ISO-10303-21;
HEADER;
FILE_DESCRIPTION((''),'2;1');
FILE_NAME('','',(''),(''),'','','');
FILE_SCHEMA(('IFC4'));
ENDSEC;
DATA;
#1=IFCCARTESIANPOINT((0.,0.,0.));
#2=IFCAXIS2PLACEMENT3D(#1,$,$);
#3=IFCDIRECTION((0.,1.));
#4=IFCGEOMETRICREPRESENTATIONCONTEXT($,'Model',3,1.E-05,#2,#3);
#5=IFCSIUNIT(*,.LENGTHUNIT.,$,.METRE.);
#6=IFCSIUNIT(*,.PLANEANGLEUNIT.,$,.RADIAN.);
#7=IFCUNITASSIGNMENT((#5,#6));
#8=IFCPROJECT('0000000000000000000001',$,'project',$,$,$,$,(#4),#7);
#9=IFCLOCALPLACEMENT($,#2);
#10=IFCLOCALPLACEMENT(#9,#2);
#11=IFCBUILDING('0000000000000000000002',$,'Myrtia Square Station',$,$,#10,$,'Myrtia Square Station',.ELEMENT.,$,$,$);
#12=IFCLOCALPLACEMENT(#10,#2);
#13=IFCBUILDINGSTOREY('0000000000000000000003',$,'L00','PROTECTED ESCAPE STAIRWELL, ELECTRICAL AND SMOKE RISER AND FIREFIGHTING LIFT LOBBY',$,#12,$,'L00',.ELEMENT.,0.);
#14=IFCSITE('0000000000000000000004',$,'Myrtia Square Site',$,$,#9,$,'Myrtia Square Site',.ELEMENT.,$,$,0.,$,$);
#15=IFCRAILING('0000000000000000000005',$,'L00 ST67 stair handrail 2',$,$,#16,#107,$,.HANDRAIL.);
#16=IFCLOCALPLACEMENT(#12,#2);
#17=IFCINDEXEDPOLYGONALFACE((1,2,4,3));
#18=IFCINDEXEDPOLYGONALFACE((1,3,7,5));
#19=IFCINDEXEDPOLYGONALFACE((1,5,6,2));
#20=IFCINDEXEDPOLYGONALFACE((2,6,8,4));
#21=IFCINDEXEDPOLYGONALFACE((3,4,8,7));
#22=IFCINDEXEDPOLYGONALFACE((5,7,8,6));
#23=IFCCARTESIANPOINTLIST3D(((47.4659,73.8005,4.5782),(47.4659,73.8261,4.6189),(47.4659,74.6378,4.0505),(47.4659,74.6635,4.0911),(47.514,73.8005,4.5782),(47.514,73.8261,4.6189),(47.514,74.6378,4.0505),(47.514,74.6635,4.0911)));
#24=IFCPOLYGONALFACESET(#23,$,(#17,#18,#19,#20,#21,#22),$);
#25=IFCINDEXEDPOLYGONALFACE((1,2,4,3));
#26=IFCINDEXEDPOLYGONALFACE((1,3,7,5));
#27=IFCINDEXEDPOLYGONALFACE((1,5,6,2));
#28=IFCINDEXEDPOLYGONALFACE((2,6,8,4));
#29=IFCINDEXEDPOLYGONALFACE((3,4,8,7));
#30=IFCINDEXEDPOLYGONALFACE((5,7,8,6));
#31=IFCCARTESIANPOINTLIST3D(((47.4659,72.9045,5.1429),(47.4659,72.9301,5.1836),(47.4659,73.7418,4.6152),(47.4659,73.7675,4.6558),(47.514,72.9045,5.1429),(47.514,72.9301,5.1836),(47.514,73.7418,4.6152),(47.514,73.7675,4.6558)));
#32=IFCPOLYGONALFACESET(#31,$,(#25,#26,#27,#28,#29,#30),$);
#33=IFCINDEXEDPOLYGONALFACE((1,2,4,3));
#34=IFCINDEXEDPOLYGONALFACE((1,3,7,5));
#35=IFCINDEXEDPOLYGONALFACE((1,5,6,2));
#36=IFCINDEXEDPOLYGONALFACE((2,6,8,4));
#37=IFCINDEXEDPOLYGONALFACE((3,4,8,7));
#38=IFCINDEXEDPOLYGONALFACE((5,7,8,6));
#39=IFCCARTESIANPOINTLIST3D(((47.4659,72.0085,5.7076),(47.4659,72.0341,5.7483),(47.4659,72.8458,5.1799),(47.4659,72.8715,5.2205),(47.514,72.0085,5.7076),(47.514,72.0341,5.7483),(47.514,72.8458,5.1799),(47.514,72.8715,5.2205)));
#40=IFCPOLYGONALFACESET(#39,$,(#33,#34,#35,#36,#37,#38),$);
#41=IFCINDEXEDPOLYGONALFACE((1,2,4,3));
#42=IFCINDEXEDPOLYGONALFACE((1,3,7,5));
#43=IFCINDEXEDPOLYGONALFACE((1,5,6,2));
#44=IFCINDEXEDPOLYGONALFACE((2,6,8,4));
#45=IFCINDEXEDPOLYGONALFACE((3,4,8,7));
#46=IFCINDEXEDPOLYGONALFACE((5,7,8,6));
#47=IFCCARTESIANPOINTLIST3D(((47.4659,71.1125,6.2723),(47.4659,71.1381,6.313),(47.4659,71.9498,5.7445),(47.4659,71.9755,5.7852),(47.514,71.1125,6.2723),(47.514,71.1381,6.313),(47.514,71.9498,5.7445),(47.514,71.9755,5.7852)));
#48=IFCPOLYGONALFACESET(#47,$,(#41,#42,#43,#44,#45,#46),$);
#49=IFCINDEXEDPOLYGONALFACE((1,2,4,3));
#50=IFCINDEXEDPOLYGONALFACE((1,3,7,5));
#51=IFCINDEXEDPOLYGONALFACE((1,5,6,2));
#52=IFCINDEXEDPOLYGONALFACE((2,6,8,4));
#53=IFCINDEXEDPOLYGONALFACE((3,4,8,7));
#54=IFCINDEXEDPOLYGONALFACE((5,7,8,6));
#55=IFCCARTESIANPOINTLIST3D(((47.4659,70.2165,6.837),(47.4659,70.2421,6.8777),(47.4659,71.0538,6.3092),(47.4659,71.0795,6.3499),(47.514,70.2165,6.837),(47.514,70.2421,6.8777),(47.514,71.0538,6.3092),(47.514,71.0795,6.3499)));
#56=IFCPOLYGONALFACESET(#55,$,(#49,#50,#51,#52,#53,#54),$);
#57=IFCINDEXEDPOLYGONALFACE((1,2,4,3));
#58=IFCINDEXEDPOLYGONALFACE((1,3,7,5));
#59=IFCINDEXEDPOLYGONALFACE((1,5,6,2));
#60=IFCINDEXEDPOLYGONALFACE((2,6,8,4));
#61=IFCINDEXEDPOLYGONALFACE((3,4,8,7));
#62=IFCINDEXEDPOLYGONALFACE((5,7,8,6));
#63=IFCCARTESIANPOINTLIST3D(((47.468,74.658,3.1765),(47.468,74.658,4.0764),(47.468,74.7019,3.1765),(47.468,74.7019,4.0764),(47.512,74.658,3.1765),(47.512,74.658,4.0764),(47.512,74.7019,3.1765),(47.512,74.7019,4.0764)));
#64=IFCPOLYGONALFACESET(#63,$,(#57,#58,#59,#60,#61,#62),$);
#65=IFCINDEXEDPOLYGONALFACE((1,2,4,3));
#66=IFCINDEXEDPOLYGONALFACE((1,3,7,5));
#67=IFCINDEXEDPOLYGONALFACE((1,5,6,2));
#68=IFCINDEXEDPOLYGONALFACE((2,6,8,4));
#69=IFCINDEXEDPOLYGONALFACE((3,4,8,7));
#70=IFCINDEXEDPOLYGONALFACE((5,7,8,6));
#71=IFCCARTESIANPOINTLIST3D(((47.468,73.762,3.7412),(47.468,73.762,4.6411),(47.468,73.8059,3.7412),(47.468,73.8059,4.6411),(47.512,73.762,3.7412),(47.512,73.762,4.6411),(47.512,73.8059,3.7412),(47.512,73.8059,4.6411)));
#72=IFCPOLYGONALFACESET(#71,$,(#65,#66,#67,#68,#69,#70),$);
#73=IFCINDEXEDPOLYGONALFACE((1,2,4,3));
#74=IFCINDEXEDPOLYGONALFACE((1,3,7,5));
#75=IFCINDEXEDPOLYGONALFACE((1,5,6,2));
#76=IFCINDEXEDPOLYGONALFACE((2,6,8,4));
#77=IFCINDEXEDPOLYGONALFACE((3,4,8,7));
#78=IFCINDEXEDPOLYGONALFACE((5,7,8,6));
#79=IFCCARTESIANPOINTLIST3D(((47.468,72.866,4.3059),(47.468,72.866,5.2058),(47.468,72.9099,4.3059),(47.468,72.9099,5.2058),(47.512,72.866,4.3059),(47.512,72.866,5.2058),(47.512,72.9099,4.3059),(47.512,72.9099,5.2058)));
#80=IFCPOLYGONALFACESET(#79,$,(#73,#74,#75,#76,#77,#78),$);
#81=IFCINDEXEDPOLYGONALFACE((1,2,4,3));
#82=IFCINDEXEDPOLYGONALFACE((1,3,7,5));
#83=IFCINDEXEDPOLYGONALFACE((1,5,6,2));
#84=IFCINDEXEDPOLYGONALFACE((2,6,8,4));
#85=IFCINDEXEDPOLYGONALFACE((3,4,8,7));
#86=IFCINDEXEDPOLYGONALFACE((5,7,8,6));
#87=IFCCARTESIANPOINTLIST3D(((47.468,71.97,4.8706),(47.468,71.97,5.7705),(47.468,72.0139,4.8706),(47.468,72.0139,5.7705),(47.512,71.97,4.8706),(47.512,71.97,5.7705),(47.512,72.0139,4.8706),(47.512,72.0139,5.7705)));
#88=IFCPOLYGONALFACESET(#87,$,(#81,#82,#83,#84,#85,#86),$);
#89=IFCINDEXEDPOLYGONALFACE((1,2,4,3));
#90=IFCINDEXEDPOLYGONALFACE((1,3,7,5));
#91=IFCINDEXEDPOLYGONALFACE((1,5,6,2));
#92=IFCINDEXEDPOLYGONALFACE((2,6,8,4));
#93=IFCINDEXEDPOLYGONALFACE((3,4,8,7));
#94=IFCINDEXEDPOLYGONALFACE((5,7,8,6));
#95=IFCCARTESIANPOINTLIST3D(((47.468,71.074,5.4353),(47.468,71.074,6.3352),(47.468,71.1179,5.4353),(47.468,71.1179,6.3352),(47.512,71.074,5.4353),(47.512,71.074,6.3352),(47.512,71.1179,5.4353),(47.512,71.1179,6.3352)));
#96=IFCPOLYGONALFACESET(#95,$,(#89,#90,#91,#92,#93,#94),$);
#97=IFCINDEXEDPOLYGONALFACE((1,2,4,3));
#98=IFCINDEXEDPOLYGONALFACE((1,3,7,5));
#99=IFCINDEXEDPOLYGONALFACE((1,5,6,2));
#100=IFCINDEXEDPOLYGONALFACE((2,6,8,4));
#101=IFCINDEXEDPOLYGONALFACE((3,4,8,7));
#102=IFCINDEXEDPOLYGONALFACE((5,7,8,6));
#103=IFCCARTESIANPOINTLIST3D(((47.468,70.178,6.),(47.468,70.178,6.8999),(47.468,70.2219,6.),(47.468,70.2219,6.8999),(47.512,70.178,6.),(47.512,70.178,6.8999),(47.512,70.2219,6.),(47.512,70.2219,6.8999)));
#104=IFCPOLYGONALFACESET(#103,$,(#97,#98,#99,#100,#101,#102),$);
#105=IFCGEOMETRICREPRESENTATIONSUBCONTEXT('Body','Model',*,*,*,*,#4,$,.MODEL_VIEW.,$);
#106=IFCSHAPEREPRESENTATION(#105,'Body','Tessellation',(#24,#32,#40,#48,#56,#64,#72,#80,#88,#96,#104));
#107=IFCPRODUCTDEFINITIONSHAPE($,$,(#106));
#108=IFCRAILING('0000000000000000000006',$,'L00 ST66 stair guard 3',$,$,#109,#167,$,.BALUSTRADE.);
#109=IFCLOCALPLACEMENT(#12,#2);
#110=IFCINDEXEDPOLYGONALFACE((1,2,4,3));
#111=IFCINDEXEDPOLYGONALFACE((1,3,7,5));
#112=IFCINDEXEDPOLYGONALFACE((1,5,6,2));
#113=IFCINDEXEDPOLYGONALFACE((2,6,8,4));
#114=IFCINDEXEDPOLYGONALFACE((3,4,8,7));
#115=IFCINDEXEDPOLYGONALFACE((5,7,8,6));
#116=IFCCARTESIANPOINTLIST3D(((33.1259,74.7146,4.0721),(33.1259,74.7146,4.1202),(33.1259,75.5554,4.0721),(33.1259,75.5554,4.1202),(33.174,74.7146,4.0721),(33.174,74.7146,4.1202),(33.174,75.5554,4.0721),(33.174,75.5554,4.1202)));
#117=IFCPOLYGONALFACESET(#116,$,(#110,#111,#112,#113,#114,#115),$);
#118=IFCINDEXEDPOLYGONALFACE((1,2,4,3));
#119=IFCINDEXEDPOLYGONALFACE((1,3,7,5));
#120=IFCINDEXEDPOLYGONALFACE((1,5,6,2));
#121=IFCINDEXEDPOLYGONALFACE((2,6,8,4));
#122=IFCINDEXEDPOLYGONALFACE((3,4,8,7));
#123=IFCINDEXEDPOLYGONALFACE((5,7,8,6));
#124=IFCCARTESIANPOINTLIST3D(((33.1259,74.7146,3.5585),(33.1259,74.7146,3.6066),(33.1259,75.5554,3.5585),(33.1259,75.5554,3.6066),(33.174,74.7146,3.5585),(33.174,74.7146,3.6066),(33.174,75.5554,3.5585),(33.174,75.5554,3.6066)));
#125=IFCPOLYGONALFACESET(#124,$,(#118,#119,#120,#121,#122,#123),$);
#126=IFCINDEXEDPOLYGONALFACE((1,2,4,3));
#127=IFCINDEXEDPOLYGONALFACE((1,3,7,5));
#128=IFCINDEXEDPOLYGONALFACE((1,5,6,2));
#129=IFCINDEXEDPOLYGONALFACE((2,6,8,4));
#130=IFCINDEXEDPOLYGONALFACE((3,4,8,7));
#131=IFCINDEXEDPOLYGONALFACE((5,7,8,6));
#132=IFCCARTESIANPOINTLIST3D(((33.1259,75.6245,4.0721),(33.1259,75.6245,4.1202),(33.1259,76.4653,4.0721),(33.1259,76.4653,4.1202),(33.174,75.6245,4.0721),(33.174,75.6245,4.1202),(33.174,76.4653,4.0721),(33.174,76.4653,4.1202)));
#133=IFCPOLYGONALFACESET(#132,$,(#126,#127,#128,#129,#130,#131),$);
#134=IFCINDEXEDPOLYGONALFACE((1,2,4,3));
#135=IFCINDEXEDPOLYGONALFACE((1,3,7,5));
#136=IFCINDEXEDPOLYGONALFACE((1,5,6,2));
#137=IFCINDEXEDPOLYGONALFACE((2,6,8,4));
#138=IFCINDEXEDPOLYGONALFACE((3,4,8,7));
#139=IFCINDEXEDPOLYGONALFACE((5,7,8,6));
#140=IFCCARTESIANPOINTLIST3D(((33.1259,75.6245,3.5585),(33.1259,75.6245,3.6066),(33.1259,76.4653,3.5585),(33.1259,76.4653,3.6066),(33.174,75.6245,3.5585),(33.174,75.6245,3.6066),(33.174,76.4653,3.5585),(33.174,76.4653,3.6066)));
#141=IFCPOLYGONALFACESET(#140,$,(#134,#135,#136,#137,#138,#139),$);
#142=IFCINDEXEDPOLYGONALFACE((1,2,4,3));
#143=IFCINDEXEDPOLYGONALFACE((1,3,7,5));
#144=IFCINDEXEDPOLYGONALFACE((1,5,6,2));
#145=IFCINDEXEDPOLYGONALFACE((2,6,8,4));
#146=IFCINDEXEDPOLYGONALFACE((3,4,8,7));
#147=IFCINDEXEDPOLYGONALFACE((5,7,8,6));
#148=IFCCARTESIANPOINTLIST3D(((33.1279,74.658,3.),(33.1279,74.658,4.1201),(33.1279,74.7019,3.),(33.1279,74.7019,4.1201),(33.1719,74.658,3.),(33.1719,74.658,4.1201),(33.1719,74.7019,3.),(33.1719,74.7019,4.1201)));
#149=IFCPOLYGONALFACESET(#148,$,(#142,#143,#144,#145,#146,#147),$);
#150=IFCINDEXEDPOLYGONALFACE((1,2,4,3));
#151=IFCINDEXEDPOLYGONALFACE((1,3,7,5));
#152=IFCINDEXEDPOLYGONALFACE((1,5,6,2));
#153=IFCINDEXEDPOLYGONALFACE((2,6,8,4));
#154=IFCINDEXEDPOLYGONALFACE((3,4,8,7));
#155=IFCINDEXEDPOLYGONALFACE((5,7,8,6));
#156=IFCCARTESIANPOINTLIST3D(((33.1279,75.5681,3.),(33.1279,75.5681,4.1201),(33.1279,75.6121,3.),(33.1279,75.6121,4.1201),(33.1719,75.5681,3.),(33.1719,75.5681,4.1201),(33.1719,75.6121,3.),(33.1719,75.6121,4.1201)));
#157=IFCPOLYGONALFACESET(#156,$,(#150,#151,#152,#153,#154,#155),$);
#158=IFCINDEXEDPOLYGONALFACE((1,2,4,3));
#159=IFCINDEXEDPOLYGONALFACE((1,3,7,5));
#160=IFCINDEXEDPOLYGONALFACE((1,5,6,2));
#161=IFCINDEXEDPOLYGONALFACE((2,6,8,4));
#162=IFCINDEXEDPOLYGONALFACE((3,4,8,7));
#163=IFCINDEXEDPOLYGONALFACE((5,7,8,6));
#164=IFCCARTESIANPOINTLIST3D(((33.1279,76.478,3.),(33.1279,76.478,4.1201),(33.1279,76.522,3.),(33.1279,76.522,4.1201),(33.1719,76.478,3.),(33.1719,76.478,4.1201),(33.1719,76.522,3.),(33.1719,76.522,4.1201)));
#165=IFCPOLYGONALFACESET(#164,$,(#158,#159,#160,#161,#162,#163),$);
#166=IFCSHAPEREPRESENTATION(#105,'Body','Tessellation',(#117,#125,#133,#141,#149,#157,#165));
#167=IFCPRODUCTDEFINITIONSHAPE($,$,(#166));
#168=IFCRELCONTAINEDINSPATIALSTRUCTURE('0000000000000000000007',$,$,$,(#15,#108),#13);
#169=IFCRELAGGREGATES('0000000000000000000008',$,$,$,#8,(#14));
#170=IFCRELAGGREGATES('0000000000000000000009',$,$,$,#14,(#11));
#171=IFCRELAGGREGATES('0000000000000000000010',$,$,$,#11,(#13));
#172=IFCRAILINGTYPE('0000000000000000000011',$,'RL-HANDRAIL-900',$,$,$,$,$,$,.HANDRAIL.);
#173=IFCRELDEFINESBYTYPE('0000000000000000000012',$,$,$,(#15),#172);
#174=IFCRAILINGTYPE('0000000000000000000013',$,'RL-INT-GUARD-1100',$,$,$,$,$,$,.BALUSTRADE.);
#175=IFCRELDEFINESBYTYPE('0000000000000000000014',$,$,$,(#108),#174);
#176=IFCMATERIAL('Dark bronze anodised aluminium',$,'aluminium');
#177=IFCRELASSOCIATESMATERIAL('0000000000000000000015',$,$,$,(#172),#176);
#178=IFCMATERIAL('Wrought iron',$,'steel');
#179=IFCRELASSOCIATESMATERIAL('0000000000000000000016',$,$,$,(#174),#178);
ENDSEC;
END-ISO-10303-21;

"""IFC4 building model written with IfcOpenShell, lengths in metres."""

from ifc_helpers import new_model, si_unit, direction, frame, origin, origin_2d, place, context, subcontext, project, spatial, rectangle, extrude, material, type_object, element, save


model = new_model("IFC4")

# Units and contexts
model_context = context("Model", 3, precision=1e-05, world=origin(), true_north=direction((0.0, 1.0)))
body_context = subcontext(model_context, "Body", "Model", "MODEL_VIEW")
ifc_project = project(units=[si_unit("LENGTHUNIT", "METRE"), si_unit("PLANEANGLEUNIT", "RADIAN")], contexts=[model_context])

# Site, building, storey
site_placement = place(None, origin())
site = spatial("IfcSite", under=ifc_project, at=site_placement, Name="Myrtia Square Site", LongName="Myrtia Square Site", CompositionType="ELEMENT", RefElevation=0.0)
building_placement = place(site_placement, origin())
building = spatial("IfcBuilding", under=site, at=building_placement, Name="Myrtia Square Station", LongName="Myrtia Square Station", CompositionType="ELEMENT")
storey_placement = place(building_placement, origin())
storey = spatial("IfcBuildingStorey", under=building, at=storey_placement, Name="L00", Description="PROTECTED ESCAPE STAIRWELL, ELECTRICAL AND SMOKE RISER AND FIREFIGHTING LIFT LOBBY", LongName="L00", CompositionType="ELEMENT", Elevation=0.0)

# Shared definitions
ifc_material_1 = material(Name="Dark bronze anodised aluminium", Category="aluminium")

# Railings
railing_type_1 = type_object("IfcRailingType", Name="RL-HANDRAIL-900", PredefinedType="HANDRAIL", material=ifc_material_1)
railing_1_placement = place(storey_placement, frame((47.49, 74.6799, 3.1765)))
element("IfcRailing", 1, at=railing_1_placement, inside=storey, type_object=railing_type_1, Name="L00 ST67 stair handrail 2", PredefinedType="HANDRAIL", context=body_context, shape_type="SweptSolid", body=[
    extrude(rectangle(XDim=0.0481, YDim=0.0481, at=origin_2d()), frame((0.0, -0.0293, 0.8943), z_axis=(0.0, -0.845998, 0.533186), x_axis=(1.0, 0.0, 0.0)), (0.0, 0.0, 1.0), 0.9897),
    extrude(rectangle(XDim=0.0481, YDim=0.0481, at=origin_2d()), frame((0.0, -0.9253, 1.459), z_axis=(0.0, -0.845998, 0.533186), x_axis=(1.0, 0.0, 0.0)), (0.0, 0.0, 1.0), 0.9897),
    extrude(rectangle(XDim=0.0481, YDim=0.0481, at=origin_2d()), frame((0.0, -1.8213, 2.0237), z_axis=(0.0, -0.845998, 0.533186), x_axis=(1.0, 0.0, 0.0)), (0.0, 0.0, 1.0), 0.9897),
    extrude(rectangle(XDim=0.0481, YDim=0.0481, at=origin_2d()), frame((0.0, -2.7173, 2.5884), z_axis=(0.0, -0.845998, 0.533186), x_axis=(1.0, 0.0, 0.0)), (0.0, 0.0, 1.0), 0.9897),
    extrude(rectangle(XDim=0.0481, YDim=0.0481, at=origin_2d()), frame((0.0, -3.6133, 3.1531), z_axis=(0.0, -0.845998, 0.533186), x_axis=(1.0, 0.0, 0.0)), (0.0, 0.0, 1.0), 0.9897),
    extrude(rectangle(XDim=0.0439, YDim=0.0439, at=origin_2d()), origin(), (0.0, 0.0, 1.0), 0.8999),
    extrude(rectangle(XDim=0.0439, YDim=0.0439, at=origin_2d()), frame((0.0, -0.896, 0.5647)), (0.0, 0.0, 1.0), 0.8999),
    extrude(rectangle(XDim=0.0439, YDim=0.0439, at=origin_2d()), frame((0.0, -1.792, 1.1294)), (0.0, 0.0, 1.0), 0.8999),
    extrude(rectangle(XDim=0.0439, YDim=0.0439, at=origin_2d()), frame((0.0, -2.688, 1.6941)), (0.0, 0.0, 1.0), 0.8999),
    extrude(rectangle(XDim=0.0439, YDim=0.0439, at=origin_2d()), frame((0.0, -3.584, 2.2588)), (0.0, 0.0, 1.0), 0.8999),
    extrude(rectangle(XDim=0.0439, YDim=0.0439, at=origin_2d()), frame((0.0, -4.48, 2.8235)), (0.0, 0.0, 1.0), 0.8999),
])
ifc_material_2 = material(Name="Wrought iron", Category="steel")
railing_type_2 = type_object("IfcRailingType", Name="RL-INT-GUARD-1100", PredefinedType="BALUSTRADE", material=ifc_material_2)
railing_2_placement = place(storey_placement, frame((33.1499, 74.6799, 3.0)))
element("IfcRailing", 2, at=railing_2_placement, inside=storey, type_object=railing_type_2, Name="L00 ST66 stair guard 3", PredefinedType="BALUSTRADE", context=body_context, shape_type="SweptSolid", body=[
    extrude(rectangle(XDim=0.0481, YDim=0.0481, at=origin_2d()), frame((0.0, 0.0347, 1.0962), z_axis=(0.0, 1.0, 0.0), x_axis=(-1.0, 0.0, 0.0)), (0.0, 0.0, 1.0), 0.8408),
    extrude(rectangle(XDim=0.0481, YDim=0.0481, at=origin_2d()), frame((0.0, 0.0347, 0.5825), z_axis=(0.0, 1.0, 0.0), x_axis=(-1.0, 0.0, 0.0)), (0.0, 0.0, 1.0), 0.8408),
    extrude(rectangle(XDim=0.0481, YDim=0.0481, at=origin_2d()), frame((0.0, 0.9446, 1.0962), z_axis=(0.0, 1.0, 0.0), x_axis=(-1.0, 0.0, 0.0)), (0.0, 0.0, 1.0), 0.8408),
    extrude(rectangle(XDim=0.0481, YDim=0.0481, at=origin_2d()), frame((0.0, 0.9446, 0.5825), z_axis=(0.0, 1.0, 0.0), x_axis=(-1.0, 0.0, 0.0)), (0.0, 0.0, 1.0), 0.8408),
    extrude(rectangle(XDim=0.0439, YDim=0.0439, at=origin_2d()), origin(), (0.0, 0.0, 1.0), 1.1201),
    extrude(rectangle(XDim=0.0439, YDim=0.0439, at=origin_2d()), frame((0.0, 0.9102, 0.0)), (0.0, 0.0, 1.0), 1.1201),
    extrude(rectangle(XDim=0.0439, YDim=0.0439, at=origin_2d()), frame((0.0, 1.8201, 0.0)), (0.0, 0.0, 1.0), 1.1201),
])

save(model, "model.ifc")
